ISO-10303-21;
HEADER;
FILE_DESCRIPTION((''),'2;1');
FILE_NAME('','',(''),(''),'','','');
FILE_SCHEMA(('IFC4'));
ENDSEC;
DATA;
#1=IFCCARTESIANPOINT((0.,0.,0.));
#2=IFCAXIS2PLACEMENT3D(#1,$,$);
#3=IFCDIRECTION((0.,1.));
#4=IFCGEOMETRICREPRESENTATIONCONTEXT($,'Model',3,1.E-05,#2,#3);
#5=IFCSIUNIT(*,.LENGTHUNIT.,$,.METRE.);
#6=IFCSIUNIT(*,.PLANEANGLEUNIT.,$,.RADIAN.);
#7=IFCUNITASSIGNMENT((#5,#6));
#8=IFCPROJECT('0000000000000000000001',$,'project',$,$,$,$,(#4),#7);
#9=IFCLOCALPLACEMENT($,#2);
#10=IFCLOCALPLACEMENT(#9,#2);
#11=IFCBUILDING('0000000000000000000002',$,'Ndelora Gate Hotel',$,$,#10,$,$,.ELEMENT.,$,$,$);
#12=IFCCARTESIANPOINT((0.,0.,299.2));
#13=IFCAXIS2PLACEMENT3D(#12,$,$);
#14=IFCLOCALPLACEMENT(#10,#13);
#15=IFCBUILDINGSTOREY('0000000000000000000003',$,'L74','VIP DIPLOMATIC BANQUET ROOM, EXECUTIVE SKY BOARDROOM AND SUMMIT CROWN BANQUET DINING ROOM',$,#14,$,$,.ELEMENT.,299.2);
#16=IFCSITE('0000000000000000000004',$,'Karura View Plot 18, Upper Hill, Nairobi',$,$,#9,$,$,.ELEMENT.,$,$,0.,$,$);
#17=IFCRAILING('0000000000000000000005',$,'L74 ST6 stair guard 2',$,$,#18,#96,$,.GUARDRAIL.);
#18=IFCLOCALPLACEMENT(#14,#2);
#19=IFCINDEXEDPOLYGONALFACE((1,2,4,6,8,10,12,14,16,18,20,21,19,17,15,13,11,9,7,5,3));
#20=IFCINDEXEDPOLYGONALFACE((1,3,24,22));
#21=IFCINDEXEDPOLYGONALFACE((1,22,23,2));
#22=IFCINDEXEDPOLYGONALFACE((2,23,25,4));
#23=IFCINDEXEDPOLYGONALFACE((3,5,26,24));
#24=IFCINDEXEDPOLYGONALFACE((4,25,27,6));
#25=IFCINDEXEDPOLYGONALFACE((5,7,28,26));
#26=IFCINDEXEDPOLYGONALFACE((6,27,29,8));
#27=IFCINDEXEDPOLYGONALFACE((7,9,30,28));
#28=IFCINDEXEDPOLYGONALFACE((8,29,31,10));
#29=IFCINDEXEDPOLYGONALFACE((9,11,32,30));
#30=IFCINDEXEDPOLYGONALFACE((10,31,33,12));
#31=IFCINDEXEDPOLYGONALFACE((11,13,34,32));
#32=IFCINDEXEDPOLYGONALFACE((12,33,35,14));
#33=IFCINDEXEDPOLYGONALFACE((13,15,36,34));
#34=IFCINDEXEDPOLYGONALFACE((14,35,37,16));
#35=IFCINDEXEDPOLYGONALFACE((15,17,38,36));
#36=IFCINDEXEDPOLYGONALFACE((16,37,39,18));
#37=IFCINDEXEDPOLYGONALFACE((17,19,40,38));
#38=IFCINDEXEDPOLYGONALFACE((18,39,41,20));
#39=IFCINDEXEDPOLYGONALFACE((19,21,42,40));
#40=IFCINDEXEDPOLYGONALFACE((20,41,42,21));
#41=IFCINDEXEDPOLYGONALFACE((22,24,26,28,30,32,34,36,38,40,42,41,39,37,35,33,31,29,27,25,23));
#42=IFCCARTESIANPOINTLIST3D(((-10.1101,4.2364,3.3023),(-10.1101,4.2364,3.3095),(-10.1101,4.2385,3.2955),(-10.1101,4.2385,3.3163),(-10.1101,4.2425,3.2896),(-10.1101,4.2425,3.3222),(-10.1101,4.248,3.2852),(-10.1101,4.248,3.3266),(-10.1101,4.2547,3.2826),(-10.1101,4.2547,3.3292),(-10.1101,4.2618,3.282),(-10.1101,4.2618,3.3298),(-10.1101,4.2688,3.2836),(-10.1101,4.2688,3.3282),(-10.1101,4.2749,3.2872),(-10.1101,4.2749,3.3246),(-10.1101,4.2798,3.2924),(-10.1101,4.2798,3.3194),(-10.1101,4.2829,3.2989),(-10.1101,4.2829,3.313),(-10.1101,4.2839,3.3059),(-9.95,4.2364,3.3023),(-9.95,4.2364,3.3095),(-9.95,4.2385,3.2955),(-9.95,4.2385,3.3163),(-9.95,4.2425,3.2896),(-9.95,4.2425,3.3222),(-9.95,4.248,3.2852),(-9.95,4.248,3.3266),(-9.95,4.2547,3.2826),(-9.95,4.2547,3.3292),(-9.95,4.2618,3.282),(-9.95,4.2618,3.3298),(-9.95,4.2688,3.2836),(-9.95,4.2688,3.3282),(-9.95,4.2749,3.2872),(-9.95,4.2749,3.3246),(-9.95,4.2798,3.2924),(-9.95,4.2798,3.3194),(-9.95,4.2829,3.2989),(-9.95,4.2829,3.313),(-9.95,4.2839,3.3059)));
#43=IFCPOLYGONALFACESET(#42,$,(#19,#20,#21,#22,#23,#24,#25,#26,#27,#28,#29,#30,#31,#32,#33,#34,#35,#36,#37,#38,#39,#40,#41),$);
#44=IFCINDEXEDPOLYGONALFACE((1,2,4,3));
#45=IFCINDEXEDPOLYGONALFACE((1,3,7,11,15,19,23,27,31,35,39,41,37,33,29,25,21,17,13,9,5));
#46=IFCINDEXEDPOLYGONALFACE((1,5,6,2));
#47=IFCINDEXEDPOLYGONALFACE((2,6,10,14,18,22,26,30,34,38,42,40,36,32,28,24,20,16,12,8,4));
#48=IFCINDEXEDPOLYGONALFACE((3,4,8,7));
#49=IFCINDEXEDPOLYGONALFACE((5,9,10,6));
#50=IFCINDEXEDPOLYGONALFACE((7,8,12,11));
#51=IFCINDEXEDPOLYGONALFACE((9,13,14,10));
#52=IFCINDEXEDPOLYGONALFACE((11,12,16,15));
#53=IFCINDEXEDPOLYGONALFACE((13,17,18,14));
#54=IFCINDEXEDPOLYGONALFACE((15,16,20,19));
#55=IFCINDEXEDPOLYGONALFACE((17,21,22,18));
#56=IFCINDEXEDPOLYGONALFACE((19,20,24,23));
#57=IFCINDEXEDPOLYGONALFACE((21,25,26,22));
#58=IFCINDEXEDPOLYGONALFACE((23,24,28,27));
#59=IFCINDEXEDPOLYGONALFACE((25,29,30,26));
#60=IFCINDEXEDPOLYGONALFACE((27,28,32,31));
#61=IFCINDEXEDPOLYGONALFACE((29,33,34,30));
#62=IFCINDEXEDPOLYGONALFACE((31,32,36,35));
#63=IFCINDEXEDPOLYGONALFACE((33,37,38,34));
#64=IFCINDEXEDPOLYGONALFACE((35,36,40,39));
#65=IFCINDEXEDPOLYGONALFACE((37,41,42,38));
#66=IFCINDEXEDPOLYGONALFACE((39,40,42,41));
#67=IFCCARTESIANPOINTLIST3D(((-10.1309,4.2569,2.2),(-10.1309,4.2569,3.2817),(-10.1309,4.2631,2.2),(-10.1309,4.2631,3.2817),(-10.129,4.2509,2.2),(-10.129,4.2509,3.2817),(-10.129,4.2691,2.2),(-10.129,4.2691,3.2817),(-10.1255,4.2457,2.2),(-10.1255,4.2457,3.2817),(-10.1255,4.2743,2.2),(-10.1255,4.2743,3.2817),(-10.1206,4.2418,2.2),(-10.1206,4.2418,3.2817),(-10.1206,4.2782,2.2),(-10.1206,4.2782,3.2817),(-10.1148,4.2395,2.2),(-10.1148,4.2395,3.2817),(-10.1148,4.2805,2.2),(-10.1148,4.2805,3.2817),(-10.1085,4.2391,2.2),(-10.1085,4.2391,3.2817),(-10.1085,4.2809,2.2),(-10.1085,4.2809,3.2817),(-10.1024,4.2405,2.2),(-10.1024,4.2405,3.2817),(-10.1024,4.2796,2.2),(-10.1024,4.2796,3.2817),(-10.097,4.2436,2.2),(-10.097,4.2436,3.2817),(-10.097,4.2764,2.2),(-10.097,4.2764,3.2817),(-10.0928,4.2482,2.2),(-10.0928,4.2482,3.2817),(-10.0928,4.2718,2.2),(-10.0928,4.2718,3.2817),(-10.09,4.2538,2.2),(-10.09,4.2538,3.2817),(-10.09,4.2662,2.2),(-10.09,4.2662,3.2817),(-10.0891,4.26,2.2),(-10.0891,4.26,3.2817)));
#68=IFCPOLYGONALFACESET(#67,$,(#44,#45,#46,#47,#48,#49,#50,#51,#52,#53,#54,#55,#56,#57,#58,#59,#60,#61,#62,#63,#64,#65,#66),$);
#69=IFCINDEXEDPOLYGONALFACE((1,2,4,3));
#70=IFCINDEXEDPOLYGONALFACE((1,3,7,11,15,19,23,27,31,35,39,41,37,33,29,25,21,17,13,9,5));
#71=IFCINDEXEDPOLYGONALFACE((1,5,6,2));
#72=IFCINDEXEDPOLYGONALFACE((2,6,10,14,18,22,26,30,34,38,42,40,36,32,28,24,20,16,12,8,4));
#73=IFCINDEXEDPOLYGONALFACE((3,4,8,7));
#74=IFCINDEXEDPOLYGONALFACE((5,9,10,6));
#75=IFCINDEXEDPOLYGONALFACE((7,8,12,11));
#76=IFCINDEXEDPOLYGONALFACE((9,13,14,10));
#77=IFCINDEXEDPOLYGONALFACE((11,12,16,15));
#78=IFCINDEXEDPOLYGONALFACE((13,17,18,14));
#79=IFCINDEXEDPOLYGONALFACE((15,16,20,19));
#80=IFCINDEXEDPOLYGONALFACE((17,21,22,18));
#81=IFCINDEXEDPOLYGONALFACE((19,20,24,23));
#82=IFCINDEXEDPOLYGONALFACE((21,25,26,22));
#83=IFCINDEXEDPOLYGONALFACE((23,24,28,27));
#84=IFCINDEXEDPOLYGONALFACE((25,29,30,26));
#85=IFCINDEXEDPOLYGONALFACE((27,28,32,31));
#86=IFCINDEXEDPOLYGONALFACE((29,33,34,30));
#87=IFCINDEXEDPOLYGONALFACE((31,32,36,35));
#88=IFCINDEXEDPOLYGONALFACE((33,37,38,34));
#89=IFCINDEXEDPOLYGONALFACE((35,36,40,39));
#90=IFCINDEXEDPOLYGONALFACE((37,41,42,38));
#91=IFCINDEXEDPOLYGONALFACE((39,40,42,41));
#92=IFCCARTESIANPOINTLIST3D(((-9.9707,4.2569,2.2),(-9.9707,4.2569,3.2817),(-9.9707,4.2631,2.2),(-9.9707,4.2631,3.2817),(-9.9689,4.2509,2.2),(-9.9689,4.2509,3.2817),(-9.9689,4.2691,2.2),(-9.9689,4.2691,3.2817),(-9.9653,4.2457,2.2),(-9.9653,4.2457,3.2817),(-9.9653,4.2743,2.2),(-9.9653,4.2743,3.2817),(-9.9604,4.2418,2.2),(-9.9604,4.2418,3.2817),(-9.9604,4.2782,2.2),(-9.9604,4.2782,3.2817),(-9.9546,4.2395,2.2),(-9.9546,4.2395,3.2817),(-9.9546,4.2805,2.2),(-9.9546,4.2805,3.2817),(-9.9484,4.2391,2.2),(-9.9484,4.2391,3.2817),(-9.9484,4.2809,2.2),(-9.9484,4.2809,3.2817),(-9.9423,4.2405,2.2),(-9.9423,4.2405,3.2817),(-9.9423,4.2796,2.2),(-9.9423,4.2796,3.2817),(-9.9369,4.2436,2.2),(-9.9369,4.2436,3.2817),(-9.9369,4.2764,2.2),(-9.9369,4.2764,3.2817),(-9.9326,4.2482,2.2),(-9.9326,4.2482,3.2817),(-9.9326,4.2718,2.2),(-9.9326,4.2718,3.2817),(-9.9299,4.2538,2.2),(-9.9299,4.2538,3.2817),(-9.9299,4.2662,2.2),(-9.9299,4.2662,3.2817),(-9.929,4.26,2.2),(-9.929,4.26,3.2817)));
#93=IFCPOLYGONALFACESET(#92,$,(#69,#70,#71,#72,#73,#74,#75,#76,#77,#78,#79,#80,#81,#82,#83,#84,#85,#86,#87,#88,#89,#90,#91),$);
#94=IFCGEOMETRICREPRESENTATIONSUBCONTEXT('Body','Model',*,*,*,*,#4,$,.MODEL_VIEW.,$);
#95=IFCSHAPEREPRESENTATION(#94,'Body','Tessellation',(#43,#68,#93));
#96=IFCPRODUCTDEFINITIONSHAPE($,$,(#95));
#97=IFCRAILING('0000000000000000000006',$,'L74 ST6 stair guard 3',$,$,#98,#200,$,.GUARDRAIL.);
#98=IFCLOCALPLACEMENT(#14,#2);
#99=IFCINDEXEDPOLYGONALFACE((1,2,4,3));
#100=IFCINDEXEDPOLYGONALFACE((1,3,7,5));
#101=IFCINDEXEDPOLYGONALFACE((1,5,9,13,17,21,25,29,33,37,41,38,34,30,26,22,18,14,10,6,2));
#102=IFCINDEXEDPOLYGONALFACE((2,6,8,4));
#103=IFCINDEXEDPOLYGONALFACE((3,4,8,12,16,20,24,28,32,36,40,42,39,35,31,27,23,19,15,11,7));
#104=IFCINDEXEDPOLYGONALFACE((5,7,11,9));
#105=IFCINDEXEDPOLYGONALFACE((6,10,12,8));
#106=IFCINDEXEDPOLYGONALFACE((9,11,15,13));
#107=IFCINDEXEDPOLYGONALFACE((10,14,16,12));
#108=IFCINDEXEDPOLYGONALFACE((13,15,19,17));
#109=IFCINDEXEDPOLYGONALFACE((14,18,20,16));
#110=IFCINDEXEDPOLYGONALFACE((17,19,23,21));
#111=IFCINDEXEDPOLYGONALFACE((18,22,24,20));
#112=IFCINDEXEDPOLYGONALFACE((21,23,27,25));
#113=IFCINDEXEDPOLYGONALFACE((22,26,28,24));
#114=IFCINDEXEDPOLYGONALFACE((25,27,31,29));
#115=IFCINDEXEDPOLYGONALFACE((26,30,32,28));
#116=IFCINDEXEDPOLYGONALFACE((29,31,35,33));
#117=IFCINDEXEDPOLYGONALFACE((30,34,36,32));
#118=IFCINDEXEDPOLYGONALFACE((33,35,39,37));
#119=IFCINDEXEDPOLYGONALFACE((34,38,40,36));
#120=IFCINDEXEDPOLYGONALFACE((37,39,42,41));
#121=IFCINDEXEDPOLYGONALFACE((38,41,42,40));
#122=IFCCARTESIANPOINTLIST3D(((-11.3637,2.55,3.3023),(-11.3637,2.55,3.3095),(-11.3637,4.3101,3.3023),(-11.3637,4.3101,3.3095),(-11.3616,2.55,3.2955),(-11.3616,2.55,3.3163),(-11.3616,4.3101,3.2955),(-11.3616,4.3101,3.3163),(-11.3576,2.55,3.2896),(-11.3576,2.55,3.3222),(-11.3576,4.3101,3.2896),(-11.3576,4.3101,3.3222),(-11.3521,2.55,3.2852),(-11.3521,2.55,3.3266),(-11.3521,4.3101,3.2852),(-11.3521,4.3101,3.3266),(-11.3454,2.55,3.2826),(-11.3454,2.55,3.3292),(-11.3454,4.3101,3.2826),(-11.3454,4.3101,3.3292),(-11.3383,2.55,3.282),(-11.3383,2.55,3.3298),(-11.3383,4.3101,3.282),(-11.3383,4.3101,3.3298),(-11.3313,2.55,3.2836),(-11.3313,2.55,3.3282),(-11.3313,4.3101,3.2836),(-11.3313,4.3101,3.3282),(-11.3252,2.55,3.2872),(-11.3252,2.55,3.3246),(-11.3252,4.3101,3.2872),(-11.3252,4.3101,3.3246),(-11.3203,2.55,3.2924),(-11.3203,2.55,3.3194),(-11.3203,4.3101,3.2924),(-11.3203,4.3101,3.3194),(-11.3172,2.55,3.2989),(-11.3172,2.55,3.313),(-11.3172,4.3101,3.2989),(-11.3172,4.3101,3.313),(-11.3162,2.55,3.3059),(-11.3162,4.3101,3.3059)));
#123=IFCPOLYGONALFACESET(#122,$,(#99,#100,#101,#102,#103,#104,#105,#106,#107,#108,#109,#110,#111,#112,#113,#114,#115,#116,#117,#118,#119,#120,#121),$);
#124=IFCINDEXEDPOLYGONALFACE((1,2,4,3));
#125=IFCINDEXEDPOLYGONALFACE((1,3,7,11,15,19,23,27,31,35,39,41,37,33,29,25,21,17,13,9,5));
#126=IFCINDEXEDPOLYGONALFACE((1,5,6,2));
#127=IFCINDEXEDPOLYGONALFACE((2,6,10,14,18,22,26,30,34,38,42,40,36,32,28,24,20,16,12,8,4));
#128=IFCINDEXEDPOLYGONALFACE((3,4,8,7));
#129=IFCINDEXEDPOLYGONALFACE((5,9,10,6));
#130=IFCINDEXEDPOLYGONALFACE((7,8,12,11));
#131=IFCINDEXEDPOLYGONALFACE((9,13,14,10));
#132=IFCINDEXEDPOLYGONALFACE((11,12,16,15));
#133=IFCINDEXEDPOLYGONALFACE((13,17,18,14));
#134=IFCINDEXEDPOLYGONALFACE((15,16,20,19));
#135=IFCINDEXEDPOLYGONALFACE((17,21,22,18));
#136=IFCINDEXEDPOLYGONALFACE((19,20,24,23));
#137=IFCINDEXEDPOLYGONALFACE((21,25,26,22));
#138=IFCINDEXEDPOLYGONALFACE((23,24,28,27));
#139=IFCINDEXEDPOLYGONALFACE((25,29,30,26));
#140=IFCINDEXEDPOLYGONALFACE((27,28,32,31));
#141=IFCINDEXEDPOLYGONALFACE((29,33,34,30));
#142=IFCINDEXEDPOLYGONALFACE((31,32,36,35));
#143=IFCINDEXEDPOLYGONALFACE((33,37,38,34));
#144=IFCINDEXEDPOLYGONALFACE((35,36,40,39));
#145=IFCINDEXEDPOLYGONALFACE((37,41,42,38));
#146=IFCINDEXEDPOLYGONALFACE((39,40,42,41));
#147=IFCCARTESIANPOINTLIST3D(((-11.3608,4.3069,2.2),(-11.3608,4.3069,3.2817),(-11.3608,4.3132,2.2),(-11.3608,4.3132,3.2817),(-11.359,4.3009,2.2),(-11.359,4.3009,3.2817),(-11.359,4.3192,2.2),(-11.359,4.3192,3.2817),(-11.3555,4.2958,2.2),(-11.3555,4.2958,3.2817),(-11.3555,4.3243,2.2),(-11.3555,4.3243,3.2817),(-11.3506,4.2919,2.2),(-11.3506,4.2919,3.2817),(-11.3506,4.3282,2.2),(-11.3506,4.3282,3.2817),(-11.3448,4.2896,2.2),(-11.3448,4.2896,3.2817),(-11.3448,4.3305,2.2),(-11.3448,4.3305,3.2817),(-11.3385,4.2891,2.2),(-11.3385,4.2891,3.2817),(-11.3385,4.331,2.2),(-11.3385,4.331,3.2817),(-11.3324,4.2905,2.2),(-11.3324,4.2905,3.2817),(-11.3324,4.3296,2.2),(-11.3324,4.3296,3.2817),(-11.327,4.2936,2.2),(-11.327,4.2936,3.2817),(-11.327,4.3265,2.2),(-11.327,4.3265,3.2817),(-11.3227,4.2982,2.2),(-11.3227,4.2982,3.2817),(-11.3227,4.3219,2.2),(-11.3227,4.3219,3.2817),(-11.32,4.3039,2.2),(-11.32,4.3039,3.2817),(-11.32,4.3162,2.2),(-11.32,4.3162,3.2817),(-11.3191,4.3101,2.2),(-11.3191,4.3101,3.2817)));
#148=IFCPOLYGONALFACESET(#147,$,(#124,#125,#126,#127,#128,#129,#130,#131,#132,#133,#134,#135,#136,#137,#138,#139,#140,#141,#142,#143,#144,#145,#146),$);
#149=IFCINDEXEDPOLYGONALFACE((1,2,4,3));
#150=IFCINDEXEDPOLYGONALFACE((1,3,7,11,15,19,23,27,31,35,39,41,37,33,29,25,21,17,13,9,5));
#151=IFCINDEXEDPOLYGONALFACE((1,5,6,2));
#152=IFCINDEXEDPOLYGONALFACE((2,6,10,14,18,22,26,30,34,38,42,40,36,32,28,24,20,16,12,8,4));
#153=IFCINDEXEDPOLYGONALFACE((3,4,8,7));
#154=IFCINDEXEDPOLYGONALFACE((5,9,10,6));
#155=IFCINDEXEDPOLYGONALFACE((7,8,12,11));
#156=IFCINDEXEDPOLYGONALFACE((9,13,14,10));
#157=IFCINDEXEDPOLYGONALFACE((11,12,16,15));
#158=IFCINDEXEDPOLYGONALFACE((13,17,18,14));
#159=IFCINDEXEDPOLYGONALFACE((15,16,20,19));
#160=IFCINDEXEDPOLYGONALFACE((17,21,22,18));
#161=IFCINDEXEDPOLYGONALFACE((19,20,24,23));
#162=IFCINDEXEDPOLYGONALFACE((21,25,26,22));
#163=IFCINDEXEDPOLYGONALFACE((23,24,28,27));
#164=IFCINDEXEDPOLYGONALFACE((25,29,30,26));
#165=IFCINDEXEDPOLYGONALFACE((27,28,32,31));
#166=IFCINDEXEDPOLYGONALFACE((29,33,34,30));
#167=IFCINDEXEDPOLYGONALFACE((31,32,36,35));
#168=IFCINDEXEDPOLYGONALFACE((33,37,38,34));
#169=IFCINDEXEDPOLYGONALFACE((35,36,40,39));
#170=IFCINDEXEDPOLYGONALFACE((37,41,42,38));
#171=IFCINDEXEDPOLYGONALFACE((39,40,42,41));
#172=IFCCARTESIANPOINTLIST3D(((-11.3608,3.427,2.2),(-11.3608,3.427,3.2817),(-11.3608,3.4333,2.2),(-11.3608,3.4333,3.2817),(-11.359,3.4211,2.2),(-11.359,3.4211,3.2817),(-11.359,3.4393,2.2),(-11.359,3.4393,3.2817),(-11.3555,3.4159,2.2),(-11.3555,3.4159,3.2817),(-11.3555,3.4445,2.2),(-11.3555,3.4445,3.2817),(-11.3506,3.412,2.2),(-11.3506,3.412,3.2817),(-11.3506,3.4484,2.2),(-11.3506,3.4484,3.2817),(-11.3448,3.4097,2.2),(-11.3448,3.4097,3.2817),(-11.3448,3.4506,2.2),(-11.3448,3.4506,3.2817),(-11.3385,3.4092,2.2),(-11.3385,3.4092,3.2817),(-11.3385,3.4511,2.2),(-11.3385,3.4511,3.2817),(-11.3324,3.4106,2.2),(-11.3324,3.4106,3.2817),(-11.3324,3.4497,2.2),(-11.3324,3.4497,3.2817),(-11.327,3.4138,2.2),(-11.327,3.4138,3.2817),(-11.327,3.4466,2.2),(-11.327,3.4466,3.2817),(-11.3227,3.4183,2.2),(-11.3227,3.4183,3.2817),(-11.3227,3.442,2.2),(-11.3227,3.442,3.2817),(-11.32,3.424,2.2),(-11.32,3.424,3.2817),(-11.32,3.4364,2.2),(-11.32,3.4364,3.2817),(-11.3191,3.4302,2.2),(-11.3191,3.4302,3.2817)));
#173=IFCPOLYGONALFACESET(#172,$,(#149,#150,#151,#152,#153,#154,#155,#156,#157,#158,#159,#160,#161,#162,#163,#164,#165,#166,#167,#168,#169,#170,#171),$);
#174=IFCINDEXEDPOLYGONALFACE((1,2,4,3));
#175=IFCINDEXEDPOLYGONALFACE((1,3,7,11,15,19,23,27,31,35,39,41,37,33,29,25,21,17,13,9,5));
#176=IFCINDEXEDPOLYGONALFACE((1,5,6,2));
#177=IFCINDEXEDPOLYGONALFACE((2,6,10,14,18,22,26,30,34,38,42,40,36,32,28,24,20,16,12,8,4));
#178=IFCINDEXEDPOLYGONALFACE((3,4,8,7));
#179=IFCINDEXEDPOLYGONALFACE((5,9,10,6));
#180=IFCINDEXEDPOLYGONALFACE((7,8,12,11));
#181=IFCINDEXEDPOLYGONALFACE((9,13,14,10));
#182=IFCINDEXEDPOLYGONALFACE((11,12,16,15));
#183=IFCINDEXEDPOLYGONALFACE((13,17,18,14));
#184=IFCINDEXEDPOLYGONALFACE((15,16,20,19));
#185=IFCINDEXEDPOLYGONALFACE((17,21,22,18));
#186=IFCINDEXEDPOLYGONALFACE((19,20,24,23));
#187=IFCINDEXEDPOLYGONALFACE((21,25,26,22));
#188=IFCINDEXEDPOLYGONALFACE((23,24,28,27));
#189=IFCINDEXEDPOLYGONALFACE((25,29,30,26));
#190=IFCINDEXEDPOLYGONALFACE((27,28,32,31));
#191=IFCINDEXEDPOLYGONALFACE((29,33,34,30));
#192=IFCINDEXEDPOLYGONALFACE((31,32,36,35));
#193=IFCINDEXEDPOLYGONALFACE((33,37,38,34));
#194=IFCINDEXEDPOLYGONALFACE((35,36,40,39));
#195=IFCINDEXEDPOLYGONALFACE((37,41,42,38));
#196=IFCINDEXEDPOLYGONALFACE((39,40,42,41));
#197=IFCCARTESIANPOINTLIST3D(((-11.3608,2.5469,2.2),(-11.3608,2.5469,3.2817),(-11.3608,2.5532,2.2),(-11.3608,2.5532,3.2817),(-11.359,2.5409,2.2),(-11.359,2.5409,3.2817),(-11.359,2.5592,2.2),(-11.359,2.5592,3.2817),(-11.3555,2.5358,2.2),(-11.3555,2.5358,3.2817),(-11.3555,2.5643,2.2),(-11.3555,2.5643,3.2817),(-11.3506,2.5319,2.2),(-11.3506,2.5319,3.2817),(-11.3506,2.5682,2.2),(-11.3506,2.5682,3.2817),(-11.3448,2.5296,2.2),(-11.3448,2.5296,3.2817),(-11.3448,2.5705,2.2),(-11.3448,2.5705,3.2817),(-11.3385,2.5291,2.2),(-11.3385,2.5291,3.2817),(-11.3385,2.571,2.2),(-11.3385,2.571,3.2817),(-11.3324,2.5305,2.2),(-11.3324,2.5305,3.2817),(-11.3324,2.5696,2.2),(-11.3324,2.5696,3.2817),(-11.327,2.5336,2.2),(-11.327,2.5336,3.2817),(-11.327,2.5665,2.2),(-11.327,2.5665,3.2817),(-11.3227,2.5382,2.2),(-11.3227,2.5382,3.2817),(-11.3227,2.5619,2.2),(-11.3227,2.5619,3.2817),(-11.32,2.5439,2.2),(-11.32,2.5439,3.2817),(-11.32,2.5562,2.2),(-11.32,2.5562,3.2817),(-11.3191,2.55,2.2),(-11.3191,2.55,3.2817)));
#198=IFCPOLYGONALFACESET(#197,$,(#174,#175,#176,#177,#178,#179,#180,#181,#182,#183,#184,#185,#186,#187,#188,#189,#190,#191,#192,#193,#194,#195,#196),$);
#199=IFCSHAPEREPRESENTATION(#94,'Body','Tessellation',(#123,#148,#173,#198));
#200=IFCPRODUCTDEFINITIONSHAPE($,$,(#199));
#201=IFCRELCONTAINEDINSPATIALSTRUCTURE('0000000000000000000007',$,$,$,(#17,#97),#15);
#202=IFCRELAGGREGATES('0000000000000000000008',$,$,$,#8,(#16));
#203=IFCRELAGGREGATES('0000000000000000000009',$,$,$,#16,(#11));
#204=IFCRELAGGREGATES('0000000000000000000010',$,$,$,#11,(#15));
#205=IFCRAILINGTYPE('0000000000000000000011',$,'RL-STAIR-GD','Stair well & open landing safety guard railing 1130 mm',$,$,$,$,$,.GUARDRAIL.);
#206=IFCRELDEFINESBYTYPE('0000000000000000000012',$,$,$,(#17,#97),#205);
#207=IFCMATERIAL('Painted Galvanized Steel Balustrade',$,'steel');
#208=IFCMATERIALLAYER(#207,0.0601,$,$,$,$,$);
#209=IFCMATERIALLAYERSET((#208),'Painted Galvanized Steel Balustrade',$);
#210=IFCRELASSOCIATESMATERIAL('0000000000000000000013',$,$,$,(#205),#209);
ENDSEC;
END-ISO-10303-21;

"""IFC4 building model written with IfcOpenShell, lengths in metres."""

from ifc_helpers import new_model, si_unit, direction, frame, origin, origin_2d, place, context, subcontext, project, spatial, circle, extrude, material, layer, layer_set, type_object, element, save


model = new_model("IFC4")

# Units and contexts
model_context = context("Model", 3, precision=1e-05, world=origin(), true_north=direction((0.0, 1.0)))
body_context = subcontext(model_context, "Body", "Model", "MODEL_VIEW")
ifc_project = project(units=[si_unit("LENGTHUNIT", "METRE"), si_unit("PLANEANGLEUNIT", "RADIAN")], contexts=[model_context])

# Site, building, storey
site_placement = place(None, origin())
site = spatial("IfcSite", under=ifc_project, at=site_placement, Name="Karura View Plot 18, Upper Hill, Nairobi", CompositionType="ELEMENT", RefElevation=0.0)
building_placement = place(site_placement, origin())
building = spatial("IfcBuilding", under=site, at=building_placement, Name="Ndelora Gate Hotel", CompositionType="ELEMENT")
storey_placement = place(building_placement, frame((0.0, 0.0, 299.2)))
storey = spatial("IfcBuildingStorey", under=building, at=storey_placement, Name="L74", Description="VIP DIPLOMATIC BANQUET ROOM, EXECUTIVE SKY BOARDROOM AND SUMMIT CROWN BANQUET DINING ROOM", CompositionType="ELEMENT", Elevation=299.2)

# Railings
ifc_material_1 = material(Name="Painted Galvanized Steel Balustrade", Category="steel")
ifc_layer_1 = layer(ifc_material_1, 0.0601)
ifc_layer_set_1 = layer_set([ifc_layer_1], Name="Painted Galvanized Steel Balustrade")
railing_type_1 = type_object("IfcRailingType", Name="RL-STAIR-GD", Description="Stair well & open landing safety guard railing 1130 mm", PredefinedType="GUARDRAIL", material=ifc_layer_set_1)
railing_1_placement = place(storey_placement, frame((-10.1101, 4.26, 2.2)))
element("IfcRailing", 1, at=railing_1_placement, inside=storey, type_object=railing_type_1, Name="L74 ST6 stair guard 2", PredefinedType="GUARDRAIL", context=body_context, shape_type="SweptSolid", body=[
    extrude(circle(Radius=0.0239, at=origin_2d()), frame((0.0, 0.0, 1.106), z_axis=(1.0, 0.0, 0.0), x_axis=(0.0, 1.0, 0.0)), (0.0, 0.0, 1.0), 0.1602),
    extrude(circle(Radius=0.021, at=origin_2d()), origin(), (0.0, 0.0, 1.0), 1.0818),
    extrude(circle(Radius=0.021, at=origin_2d()), frame((0.1602, 0.0, 0.0)), (0.0, 0.0, 1.0), 1.0818),
])
for number, where, name in (
    (2, (-11.3401, 4.3101, 2.2), "L74 ST6 stair guard 3"),
):
    element("IfcRailing", number, at=place(storey_placement, frame(where)), inside=storey, type_object=railing_type_1, Name=name, PredefinedType="GUARDRAIL", context=body_context, shape_type="SweptSolid", body=[
        extrude(circle(Radius=0.0239, at=origin_2d()), frame((0.0, 0.0, 1.106), z_axis=(0.0, -1.0, 0.0), x_axis=(1.0, 0.0, 0.0)), (0.0, 0.0, 1.0), 1.76),
        extrude(circle(Radius=0.021, at=origin_2d()), origin(), (0.0, 0.0, 1.0), 1.0818),
        extrude(circle(Radius=0.021, at=origin_2d()), frame((0.0, -0.8799, 0.0)), (0.0, 0.0, 1.0), 1.0818),
        extrude(circle(Radius=0.021, at=origin_2d()), frame((0.0, -1.76, 0.0)), (0.0, 0.0, 1.0), 1.0818),
    ])

save(model, "model.ifc")
